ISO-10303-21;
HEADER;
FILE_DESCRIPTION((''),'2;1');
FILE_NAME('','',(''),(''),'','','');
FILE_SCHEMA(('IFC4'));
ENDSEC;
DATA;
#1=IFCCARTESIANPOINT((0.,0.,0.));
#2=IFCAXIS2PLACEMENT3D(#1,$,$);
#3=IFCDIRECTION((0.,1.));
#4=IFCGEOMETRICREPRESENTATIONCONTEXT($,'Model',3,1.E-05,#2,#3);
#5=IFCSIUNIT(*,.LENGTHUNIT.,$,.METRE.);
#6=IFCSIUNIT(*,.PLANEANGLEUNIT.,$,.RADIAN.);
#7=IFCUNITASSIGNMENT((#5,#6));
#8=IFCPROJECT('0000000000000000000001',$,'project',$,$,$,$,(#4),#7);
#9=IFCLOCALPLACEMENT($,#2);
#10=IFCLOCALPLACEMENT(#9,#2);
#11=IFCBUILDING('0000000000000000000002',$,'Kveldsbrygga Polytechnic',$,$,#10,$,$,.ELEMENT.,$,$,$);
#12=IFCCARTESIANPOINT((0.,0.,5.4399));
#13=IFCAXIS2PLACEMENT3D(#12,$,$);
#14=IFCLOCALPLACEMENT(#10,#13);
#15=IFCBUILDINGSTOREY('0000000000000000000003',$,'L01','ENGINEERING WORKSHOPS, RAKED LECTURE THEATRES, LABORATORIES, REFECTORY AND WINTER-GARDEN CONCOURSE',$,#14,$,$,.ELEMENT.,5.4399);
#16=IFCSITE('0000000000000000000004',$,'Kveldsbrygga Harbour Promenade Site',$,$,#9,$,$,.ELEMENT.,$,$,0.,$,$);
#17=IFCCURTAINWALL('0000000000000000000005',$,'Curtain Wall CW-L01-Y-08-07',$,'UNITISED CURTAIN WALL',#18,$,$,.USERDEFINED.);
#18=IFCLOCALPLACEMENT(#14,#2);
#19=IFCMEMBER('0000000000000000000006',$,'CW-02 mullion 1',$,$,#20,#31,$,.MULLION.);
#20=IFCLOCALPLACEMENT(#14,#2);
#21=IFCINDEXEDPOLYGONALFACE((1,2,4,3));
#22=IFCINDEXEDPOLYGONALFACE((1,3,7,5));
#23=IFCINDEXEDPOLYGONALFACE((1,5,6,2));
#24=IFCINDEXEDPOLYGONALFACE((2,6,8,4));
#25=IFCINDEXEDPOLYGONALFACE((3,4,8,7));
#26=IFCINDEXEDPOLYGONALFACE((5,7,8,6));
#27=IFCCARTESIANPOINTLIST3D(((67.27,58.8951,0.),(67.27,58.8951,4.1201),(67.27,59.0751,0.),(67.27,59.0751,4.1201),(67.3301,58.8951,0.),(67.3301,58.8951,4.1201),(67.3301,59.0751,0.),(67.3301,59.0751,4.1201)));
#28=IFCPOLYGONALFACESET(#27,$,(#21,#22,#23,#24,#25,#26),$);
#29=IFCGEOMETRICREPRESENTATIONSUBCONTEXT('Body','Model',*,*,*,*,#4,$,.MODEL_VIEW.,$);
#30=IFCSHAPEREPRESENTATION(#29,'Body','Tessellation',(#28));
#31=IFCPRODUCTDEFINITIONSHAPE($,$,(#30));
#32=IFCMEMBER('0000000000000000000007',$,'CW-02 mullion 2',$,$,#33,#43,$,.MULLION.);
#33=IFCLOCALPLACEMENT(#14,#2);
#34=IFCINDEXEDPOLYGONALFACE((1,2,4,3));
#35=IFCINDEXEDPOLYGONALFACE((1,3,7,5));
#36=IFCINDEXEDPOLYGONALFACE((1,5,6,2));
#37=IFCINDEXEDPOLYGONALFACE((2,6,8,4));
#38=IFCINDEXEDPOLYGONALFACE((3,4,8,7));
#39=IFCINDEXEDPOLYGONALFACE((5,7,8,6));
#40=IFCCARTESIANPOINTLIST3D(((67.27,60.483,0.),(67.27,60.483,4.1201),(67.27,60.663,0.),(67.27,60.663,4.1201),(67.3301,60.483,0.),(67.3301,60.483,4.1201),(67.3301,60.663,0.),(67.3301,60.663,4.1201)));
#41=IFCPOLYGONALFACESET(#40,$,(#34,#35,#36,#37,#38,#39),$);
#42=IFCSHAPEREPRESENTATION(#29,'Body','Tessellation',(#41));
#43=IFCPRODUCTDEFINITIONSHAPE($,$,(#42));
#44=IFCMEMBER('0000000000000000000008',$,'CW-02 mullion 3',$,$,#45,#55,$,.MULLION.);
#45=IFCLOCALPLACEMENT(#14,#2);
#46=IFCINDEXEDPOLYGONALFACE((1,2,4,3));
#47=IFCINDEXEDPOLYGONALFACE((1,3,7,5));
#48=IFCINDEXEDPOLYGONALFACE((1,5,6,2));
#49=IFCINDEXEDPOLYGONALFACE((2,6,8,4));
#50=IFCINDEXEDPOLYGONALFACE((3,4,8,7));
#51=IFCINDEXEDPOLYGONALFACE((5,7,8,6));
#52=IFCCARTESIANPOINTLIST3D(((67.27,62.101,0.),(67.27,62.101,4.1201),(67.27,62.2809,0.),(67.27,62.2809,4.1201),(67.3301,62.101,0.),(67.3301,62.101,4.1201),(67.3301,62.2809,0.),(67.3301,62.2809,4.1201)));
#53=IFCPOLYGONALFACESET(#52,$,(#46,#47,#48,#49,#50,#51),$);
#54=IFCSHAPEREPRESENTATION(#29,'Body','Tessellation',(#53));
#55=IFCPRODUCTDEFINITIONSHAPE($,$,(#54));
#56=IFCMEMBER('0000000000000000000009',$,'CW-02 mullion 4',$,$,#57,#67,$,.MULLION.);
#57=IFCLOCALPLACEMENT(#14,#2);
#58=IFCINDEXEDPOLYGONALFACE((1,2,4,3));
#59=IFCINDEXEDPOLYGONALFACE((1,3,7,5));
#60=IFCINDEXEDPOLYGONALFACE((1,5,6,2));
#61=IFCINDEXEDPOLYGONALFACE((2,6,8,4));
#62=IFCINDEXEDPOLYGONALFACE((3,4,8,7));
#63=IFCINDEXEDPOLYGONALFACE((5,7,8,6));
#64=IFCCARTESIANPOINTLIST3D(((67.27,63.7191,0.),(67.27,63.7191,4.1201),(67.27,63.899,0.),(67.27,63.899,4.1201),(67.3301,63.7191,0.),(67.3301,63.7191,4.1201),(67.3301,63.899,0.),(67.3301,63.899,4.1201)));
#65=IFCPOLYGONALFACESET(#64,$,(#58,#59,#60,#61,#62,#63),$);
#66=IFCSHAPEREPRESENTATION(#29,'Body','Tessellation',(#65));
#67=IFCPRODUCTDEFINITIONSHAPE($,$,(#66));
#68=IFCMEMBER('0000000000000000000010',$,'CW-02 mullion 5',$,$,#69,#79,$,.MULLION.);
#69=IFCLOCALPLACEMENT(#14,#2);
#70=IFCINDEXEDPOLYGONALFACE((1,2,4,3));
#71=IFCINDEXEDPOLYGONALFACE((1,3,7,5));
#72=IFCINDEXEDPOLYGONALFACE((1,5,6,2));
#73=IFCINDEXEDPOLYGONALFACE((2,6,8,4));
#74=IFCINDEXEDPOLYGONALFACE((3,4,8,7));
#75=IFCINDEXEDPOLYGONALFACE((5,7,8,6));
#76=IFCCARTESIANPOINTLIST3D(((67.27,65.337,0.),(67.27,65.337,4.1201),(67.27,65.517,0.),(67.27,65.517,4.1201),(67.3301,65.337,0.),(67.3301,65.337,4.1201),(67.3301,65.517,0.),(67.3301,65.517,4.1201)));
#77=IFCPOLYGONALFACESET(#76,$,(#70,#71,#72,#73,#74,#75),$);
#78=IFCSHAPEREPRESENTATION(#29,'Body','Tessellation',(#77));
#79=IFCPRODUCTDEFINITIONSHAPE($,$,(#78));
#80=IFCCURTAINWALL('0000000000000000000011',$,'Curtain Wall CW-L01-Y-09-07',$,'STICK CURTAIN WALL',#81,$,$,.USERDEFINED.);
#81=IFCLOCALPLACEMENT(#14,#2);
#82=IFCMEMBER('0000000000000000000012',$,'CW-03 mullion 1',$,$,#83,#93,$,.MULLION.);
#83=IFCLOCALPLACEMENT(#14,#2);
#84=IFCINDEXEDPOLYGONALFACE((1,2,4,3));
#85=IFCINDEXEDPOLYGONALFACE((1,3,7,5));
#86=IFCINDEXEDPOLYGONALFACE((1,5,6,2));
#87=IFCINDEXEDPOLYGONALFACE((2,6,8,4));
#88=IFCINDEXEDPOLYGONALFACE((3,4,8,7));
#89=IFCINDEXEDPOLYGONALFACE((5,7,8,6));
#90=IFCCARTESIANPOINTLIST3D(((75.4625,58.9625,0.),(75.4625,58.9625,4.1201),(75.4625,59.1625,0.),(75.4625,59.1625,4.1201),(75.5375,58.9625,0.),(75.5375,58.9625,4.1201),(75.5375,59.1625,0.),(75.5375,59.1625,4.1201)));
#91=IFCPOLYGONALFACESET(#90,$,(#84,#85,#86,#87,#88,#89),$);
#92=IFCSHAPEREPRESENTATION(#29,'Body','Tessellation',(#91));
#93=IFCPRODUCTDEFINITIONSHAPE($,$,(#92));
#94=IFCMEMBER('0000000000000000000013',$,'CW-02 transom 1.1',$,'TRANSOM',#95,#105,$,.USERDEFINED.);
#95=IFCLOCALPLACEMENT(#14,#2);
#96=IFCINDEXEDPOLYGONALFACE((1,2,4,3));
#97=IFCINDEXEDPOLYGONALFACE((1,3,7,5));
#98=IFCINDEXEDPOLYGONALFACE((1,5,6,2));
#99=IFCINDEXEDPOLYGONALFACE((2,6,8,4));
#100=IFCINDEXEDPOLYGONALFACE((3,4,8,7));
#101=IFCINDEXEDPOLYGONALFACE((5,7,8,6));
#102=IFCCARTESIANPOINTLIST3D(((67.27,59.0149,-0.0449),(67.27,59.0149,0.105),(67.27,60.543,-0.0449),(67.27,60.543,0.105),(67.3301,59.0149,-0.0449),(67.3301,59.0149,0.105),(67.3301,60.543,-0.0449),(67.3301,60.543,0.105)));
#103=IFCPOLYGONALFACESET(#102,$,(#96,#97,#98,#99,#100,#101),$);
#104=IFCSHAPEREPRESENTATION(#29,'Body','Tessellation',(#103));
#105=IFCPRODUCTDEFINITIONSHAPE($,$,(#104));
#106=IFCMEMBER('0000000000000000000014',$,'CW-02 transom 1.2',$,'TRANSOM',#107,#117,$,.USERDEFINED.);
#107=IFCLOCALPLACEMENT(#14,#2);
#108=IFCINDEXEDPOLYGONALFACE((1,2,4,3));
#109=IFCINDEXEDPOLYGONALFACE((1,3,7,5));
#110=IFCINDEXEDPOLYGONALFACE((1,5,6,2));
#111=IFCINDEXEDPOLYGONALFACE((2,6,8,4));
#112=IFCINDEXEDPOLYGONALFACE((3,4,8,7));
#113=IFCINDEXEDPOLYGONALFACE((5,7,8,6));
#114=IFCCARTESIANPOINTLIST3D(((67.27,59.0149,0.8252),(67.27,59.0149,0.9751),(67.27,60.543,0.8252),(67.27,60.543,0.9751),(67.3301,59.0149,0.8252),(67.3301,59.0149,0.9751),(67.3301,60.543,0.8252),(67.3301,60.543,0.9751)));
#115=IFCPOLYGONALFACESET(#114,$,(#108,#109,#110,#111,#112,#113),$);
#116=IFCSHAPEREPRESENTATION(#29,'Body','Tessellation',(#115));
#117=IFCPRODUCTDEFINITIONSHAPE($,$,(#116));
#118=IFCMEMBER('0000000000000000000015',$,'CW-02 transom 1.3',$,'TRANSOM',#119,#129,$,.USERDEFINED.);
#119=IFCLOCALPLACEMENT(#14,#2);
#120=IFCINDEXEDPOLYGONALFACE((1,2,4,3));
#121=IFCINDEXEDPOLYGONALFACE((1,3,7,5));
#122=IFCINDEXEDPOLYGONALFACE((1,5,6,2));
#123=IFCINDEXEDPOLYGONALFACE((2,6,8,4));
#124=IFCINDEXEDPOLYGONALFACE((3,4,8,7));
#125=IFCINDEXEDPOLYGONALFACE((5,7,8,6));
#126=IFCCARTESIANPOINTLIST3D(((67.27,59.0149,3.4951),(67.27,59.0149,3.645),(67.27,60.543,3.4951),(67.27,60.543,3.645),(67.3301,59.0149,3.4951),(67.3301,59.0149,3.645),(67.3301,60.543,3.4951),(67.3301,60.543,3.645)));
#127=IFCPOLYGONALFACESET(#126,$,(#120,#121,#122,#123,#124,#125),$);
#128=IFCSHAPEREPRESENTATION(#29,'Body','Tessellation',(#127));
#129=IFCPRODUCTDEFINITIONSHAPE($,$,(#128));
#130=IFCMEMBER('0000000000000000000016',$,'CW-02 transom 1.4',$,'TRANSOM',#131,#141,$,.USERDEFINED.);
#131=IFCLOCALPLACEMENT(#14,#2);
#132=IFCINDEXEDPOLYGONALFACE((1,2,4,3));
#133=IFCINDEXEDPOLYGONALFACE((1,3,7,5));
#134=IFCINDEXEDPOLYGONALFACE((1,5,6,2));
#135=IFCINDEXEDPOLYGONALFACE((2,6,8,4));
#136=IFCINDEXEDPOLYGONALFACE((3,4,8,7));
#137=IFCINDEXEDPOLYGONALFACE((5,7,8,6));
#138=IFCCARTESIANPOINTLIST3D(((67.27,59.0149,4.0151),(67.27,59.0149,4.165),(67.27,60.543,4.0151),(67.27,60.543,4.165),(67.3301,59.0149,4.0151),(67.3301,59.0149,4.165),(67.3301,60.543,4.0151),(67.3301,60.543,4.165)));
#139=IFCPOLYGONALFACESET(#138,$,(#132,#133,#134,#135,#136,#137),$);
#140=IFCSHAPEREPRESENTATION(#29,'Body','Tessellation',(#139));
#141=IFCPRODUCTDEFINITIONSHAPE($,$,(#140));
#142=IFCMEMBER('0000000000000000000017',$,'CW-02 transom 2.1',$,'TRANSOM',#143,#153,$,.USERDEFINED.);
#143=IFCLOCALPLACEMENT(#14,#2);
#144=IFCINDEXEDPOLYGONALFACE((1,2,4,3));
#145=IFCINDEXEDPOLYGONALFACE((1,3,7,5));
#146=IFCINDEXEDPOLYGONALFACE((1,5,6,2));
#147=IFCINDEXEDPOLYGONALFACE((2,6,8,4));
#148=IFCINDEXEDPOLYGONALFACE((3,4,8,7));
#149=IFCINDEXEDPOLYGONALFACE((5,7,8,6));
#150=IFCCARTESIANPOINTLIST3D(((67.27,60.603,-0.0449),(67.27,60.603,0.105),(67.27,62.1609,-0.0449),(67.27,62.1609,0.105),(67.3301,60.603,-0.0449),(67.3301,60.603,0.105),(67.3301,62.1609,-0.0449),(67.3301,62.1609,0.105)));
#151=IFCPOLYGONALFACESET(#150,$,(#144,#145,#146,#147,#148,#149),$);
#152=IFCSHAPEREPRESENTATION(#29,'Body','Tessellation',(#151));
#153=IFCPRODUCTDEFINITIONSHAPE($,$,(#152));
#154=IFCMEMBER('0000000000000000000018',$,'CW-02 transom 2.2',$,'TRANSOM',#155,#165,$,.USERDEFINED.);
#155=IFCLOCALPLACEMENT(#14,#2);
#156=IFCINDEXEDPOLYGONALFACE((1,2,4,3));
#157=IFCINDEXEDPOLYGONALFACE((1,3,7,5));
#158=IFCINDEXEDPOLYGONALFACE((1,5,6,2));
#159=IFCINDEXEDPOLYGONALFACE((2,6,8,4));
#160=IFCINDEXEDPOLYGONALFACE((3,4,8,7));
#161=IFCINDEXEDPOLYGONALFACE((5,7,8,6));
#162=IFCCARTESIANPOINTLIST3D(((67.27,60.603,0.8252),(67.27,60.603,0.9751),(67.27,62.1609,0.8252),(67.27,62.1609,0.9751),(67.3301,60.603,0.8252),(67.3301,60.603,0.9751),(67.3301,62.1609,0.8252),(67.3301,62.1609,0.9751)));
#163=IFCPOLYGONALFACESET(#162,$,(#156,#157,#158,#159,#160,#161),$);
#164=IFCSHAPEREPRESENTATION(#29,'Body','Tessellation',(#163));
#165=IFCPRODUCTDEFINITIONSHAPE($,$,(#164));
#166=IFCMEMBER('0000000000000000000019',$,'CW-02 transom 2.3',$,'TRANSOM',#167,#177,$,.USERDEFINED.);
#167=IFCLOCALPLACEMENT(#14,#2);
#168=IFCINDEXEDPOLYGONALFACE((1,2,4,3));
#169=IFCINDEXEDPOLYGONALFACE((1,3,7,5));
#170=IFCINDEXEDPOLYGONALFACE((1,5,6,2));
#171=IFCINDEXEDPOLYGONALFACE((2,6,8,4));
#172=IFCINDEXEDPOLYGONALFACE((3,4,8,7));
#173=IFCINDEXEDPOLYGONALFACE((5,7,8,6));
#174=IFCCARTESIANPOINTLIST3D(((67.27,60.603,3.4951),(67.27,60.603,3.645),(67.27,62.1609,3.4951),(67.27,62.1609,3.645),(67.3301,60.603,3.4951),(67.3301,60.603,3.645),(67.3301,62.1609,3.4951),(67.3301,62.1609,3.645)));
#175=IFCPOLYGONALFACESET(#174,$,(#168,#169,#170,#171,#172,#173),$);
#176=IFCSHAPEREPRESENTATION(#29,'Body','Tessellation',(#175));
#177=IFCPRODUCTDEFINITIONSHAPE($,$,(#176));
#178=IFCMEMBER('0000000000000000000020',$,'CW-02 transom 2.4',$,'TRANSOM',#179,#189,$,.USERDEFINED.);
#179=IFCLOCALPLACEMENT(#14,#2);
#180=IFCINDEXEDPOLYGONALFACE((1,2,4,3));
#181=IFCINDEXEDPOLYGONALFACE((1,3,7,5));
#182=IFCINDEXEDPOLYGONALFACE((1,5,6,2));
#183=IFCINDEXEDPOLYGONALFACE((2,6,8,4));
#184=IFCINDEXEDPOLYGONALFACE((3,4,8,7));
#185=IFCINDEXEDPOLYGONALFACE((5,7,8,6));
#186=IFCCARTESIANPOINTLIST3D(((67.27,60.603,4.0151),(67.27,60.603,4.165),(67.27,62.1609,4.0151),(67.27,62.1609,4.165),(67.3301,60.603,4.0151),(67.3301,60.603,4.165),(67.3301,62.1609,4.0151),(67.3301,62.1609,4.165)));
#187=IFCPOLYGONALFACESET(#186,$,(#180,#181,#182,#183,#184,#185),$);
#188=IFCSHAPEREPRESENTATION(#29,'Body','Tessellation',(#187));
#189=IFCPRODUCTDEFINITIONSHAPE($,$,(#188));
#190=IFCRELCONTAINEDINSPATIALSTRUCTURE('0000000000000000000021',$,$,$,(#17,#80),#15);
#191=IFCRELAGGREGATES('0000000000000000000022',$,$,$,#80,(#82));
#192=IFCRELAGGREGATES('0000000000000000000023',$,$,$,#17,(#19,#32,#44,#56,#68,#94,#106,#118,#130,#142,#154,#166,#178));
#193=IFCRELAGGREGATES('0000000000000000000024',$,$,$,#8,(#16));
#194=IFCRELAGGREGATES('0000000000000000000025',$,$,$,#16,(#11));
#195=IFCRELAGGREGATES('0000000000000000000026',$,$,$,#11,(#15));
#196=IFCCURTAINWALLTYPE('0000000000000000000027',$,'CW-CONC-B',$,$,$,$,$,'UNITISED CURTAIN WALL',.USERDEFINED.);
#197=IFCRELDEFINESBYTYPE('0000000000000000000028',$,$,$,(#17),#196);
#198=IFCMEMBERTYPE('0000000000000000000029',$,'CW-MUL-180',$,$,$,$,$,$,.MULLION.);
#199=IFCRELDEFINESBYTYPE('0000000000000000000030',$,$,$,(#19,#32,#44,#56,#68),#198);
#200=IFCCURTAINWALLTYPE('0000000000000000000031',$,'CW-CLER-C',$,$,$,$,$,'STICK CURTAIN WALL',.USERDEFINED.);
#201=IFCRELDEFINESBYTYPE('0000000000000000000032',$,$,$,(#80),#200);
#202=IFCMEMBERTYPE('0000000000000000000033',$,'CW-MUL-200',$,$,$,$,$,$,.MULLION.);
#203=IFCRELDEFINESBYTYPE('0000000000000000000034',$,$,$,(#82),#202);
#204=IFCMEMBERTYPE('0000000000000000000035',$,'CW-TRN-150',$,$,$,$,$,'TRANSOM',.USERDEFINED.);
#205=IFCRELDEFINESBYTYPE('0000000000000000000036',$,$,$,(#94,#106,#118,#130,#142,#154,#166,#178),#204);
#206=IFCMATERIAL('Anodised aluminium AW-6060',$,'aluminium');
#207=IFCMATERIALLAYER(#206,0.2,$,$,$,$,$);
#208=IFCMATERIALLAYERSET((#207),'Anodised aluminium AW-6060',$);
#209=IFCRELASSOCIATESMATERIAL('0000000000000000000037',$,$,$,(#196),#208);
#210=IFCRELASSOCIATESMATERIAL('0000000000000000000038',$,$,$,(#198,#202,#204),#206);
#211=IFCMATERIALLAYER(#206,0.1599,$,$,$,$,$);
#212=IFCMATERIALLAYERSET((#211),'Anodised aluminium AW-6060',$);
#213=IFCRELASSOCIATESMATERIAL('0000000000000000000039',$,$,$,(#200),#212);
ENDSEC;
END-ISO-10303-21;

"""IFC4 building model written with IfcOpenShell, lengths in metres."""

from ifc_helpers import new_model, si_unit, direction, frame, origin, origin_2d, place, context, subcontext, project, spatial, rectangle, extrude, material, layer, layer_set, material_profile, profile_set, type_object, element, aggregate, save


model = new_model("IFC4")

# Units and contexts
model_context = context("Model", 3, precision=1e-05, world=origin(), true_north=direction((0.0, 1.0)))
body_context = subcontext(model_context, "Body", "Model", "MODEL_VIEW")
ifc_project = project(units=[si_unit("LENGTHUNIT", "METRE"), si_unit("PLANEANGLEUNIT", "RADIAN")], contexts=[model_context])

# Site, building, storey
site_placement = place(None, origin())
site = spatial("IfcSite", under=ifc_project, at=site_placement, Name="Kveldsbrygga Harbour Promenade Site", CompositionType="ELEMENT", RefElevation=0.0)
building_placement = place(site_placement, origin())
building = spatial("IfcBuilding", under=site, at=building_placement, Name="Kveldsbrygga Polytechnic", CompositionType="ELEMENT")
storey_placement = place(building_placement, frame((0.0, 0.0, 5.4399)))
storey = spatial("IfcBuildingStorey", under=building, at=storey_placement, Name="L01", Description="ENGINEERING WORKSHOPS, RAKED LECTURE THEATRES, LABORATORIES, REFECTORY AND WINTER-GARDEN CONCOURSE", CompositionType="ELEMENT", Elevation=5.4399)

# Curtain wall, members
ifc_material_1 = material(Name="Anodised aluminium AW-6060", Category="aluminium")
ifc_layer_1 = layer(ifc_material_1, 0.2)
ifc_layer_set_1 = layer_set([ifc_layer_1], Name="Anodised aluminium AW-6060")
curtain_wall_type_1 = type_object("IfcCurtainWallType", Name="CW-CONC-B", ElementType="UNITISED CURTAIN WALL", PredefinedType="USERDEFINED", material=ifc_layer_set_1)
curtain_wall_1_placement = place(storey_placement, origin())
curtain_wall_1 = element("IfcCurtainWall", 1, at=curtain_wall_1_placement, inside=storey, type_object=curtain_wall_type_1, Name="Curtain Wall CW-L01-Y-08-07", ObjectType="UNITISED CURTAIN WALL", PredefinedType="USERDEFINED")
ifc_material_profile_1 = material_profile(ifc_material_1, rectangle(XDim=0.0601, YDim=0.1799, at=origin_2d()), Name="ALU 60x180")
ifc_profile_set_1 = profile_set([ifc_material_profile_1], Name="Anodised aluminium AW-6060")
member_type_1 = type_object("IfcMemberType", Name="CW-MUL-180", PredefinedType="MULLION", material=ifc_profile_set_1)
member_1_placement = place(storey_placement, frame((67.3, 58.9851, 0.0), z_axis=(0.0, 0.0, 1.0), x_axis=(-1.0, 0.0, 0.0)))
member_1 = element("IfcMember", 2, at=member_1_placement, type_object=member_type_1, Name="CW-02 mullion 1", PredefinedType="MULLION", context=body_context, shape_type="SweptSolid", body=[
    extrude(rectangle(XDim=0.0601, YDim=0.1799, at=origin_2d()), origin(), (0.0, 0.0, 1.0), 4.1201),
])
member_2_placement = place(storey_placement, frame((67.3, 60.573, 0.0), z_axis=(0.0, 0.0, 1.0), x_axis=(-1.0, 0.0, 0.0)))
member_2 = element("IfcMember", 3, at=member_2_placement, type_object=member_type_1, Name="CW-02 mullion 2", PredefinedType="MULLION", context=body_context, shape_type="SweptSolid", body=[
    extrude(rectangle(XDim=0.0601, YDim=0.1799, at=origin_2d()), origin(), (0.0, 0.0, 1.0), 4.1201),
])
member_3_placement = place(storey_placement, frame((67.3, 62.1909, 0.0), z_axis=(0.0, 0.0, 1.0), x_axis=(-1.0, 0.0, 0.0)))
member_3 = element("IfcMember", 4, at=member_3_placement, type_object=member_type_1, Name="CW-02 mullion 3", PredefinedType="MULLION", context=body_context, shape_type="SweptSolid", body=[
    extrude(rectangle(XDim=0.0601, YDim=0.1799, at=origin_2d()), origin(), (0.0, 0.0, 1.0), 4.1201),
])
member_4_placement = place(storey_placement, frame((67.3, 63.8091, 0.0), z_axis=(0.0, 0.0, 1.0), x_axis=(-1.0, 0.0, 0.0)))
member_4 = element("IfcMember", 5, at=member_4_placement, type_object=member_type_1, Name="CW-02 mullion 4", PredefinedType="MULLION", context=body_context, shape_type="SweptSolid", body=[
    extrude(rectangle(XDim=0.0601, YDim=0.1799, at=origin_2d()), origin(), (0.0, 0.0, 1.0), 4.1201),
])
member_5_placement = place(storey_placement, frame((67.3, 65.427, 0.0), z_axis=(0.0, 0.0, 1.0), x_axis=(-1.0, 0.0, 0.0)))
member_5 = element("IfcMember", 6, at=member_5_placement, type_object=member_type_1, Name="CW-02 mullion 5", PredefinedType="MULLION", context=body_context, shape_type="SweptSolid", body=[
    extrude(rectangle(XDim=0.0601, YDim=0.1799, at=origin_2d()), origin(), (0.0, 0.0, 1.0), 4.1201),
])

# Curtain wall, member
ifc_layer_2 = layer(ifc_material_1, 0.1599)
ifc_layer_set_2 = layer_set([ifc_layer_2], Name="Anodised aluminium AW-6060")
curtain_wall_type_2 = type_object("IfcCurtainWallType", Name="CW-CLER-C", ElementType="STICK CURTAIN WALL", PredefinedType="USERDEFINED", material=ifc_layer_set_2)
curtain_wall_2_placement = place(storey_placement, origin())
curtain_wall_2 = element("IfcCurtainWall", 7, at=curtain_wall_2_placement, inside=storey, type_object=curtain_wall_type_2, Name="Curtain Wall CW-L01-Y-09-07", ObjectType="STICK CURTAIN WALL", PredefinedType="USERDEFINED")
ifc_material_profile_2 = material_profile(ifc_material_1, rectangle(XDim=0.075, YDim=0.2, at=origin_2d()), Name="ALU 75x200")
ifc_profile_set_2 = profile_set([ifc_material_profile_2], Name="Anodised aluminium AW-6060")
member_type_2 = type_object("IfcMemberType", Name="CW-MUL-200", PredefinedType="MULLION", material=ifc_profile_set_2)
member_6_placement = place(storey_placement, frame((75.5, 59.0625, 0.0), z_axis=(0.0, 0.0, 1.0), x_axis=(-1.0, 0.0, 0.0)))
member_6 = element("IfcMember", 8, at=member_6_placement, type_object=member_type_2, Name="CW-03 mullion 1", PredefinedType="MULLION", context=body_context, shape_type="SweptSolid", body=[
    extrude(rectangle(XDim=0.075, YDim=0.2, at=origin_2d()), origin(), (0.0, 0.0, 1.0), 4.1201),
])

# Members
ifc_material_profile_3 = material_profile(ifc_material_1, rectangle(XDim=0.0601, YDim=0.1499, at=origin_2d()), Name="ALU 60x150")
ifc_profile_set_3 = profile_set([ifc_material_profile_3], Name="Anodised aluminium AW-6060")
member_type_3 = type_object("IfcMemberType", Name="CW-TRN-150", ElementType="TRANSOM", PredefinedType="USERDEFINED", material=ifc_profile_set_3)
member_7_placement = place(storey_placement, frame((67.3, 59.0149, 0.03), z_axis=(0.0, 1.0, 0.0), x_axis=(-1.0, 0.0, 0.0)))
member_7 = element("IfcMember", 9, at=member_7_placement, type_object=member_type_3, Name="CW-02 transom 1.1", ObjectType="TRANSOM", PredefinedType="USERDEFINED", context=body_context, shape_type="SweptSolid", body=[
    extrude(rectangle(XDim=0.0601, YDim=0.1499, at=origin_2d()), origin(), (0.0, 0.0, 1.0), 1.5281),
])
member_8_placement = place(storey_placement, frame((67.3, 59.0149, 0.9001), z_axis=(0.0, 1.0, 0.0), x_axis=(-1.0, 0.0, 0.0)))
member_8 = element("IfcMember", 10, at=member_8_placement, type_object=member_type_3, Name="CW-02 transom 1.2", ObjectType="TRANSOM", PredefinedType="USERDEFINED", context=body_context, shape_type="SweptSolid", body=[
    extrude(rectangle(XDim=0.0601, YDim=0.1499, at=origin_2d()), origin(), (0.0, 0.0, 1.0), 1.5281),
])
member_9_placement = place(storey_placement, frame((67.3, 59.0149, 3.5701), z_axis=(0.0, 1.0, 0.0), x_axis=(-1.0, 0.0, 0.0)))
member_9 = element("IfcMember", 11, at=member_9_placement, type_object=member_type_3, Name="CW-02 transom 1.3", ObjectType="TRANSOM", PredefinedType="USERDEFINED", context=body_context, shape_type="SweptSolid", body=[
    extrude(rectangle(XDim=0.0601, YDim=0.1499, at=origin_2d()), origin(), (0.0, 0.0, 1.0), 1.5281),
])
member_10_placement = place(storey_placement, frame((67.3, 59.0149, 4.0901), z_axis=(0.0, 1.0, 0.0), x_axis=(-1.0, 0.0, 0.0)))
member_10 = element("IfcMember", 12, at=member_10_placement, type_object=member_type_3, Name="CW-02 transom 1.4", ObjectType="TRANSOM", PredefinedType="USERDEFINED", context=body_context, shape_type="SweptSolid", body=[
    extrude(rectangle(XDim=0.0601, YDim=0.1499, at=origin_2d()), origin(), (0.0, 0.0, 1.0), 1.5281),
])
member_11_placement = place(storey_placement, frame((67.3, 60.603, 0.03), z_axis=(0.0, 1.0, 0.0), x_axis=(-1.0, 0.0, 0.0)))
member_11 = element("IfcMember", 13, at=member_11_placement, type_object=member_type_3, Name="CW-02 transom 2.1", ObjectType="TRANSOM", PredefinedType="USERDEFINED", context=body_context, shape_type="SweptSolid", body=[
    extrude(rectangle(XDim=0.0601, YDim=0.1499, at=origin_2d()), origin(), (0.0, 0.0, 1.0), 1.5579),
])
member_12_placement = place(storey_placement, frame((67.3, 60.603, 0.9001), z_axis=(0.0, 1.0, 0.0), x_axis=(-1.0, 0.0, 0.0)))
member_12 = element("IfcMember", 14, at=member_12_placement, type_object=member_type_3, Name="CW-02 transom 2.2", ObjectType="TRANSOM", PredefinedType="USERDEFINED", context=body_context, shape_type="SweptSolid", body=[
    extrude(rectangle(XDim=0.0601, YDim=0.1499, at=origin_2d()), origin(), (0.0, 0.0, 1.0), 1.5579),
])
member_13_placement = place(storey_placement, frame((67.3, 60.603, 3.5701), z_axis=(0.0, 1.0, 0.0), x_axis=(-1.0, 0.0, 0.0)))
member_13 = element("IfcMember", 15, at=member_13_placement, type_object=member_type_3, Name="CW-02 transom 2.3", ObjectType="TRANSOM", PredefinedType="USERDEFINED", context=body_context, shape_type="SweptSolid", body=[
    extrude(rectangle(XDim=0.0601, YDim=0.1499, at=origin_2d()), origin(), (0.0, 0.0, 1.0), 1.5579),
])
member_14_placement = place(storey_placement, frame((67.3, 60.603, 4.0901), z_axis=(0.0, 1.0, 0.0), x_axis=(-1.0, 0.0, 0.0)))
member_14 = element("IfcMember", 16, at=member_14_placement, type_object=member_type_3, Name="CW-02 transom 2.4", ObjectType="TRANSOM", PredefinedType="USERDEFINED", context=body_context, shape_type="SweptSolid", body=[
    extrude(rectangle(XDim=0.0601, YDim=0.1499, at=origin_2d()), origin(), (0.0, 0.0, 1.0), 1.5579),
])
aggregate(curtain_wall_2, [member_6])

aggregate(curtain_wall_1, [member_1, member_2, member_3, member_4, member_5, member_7, member_8, member_9, member_10, member_11, member_12, member_13, member_14])

save(model, "model.ifc")
